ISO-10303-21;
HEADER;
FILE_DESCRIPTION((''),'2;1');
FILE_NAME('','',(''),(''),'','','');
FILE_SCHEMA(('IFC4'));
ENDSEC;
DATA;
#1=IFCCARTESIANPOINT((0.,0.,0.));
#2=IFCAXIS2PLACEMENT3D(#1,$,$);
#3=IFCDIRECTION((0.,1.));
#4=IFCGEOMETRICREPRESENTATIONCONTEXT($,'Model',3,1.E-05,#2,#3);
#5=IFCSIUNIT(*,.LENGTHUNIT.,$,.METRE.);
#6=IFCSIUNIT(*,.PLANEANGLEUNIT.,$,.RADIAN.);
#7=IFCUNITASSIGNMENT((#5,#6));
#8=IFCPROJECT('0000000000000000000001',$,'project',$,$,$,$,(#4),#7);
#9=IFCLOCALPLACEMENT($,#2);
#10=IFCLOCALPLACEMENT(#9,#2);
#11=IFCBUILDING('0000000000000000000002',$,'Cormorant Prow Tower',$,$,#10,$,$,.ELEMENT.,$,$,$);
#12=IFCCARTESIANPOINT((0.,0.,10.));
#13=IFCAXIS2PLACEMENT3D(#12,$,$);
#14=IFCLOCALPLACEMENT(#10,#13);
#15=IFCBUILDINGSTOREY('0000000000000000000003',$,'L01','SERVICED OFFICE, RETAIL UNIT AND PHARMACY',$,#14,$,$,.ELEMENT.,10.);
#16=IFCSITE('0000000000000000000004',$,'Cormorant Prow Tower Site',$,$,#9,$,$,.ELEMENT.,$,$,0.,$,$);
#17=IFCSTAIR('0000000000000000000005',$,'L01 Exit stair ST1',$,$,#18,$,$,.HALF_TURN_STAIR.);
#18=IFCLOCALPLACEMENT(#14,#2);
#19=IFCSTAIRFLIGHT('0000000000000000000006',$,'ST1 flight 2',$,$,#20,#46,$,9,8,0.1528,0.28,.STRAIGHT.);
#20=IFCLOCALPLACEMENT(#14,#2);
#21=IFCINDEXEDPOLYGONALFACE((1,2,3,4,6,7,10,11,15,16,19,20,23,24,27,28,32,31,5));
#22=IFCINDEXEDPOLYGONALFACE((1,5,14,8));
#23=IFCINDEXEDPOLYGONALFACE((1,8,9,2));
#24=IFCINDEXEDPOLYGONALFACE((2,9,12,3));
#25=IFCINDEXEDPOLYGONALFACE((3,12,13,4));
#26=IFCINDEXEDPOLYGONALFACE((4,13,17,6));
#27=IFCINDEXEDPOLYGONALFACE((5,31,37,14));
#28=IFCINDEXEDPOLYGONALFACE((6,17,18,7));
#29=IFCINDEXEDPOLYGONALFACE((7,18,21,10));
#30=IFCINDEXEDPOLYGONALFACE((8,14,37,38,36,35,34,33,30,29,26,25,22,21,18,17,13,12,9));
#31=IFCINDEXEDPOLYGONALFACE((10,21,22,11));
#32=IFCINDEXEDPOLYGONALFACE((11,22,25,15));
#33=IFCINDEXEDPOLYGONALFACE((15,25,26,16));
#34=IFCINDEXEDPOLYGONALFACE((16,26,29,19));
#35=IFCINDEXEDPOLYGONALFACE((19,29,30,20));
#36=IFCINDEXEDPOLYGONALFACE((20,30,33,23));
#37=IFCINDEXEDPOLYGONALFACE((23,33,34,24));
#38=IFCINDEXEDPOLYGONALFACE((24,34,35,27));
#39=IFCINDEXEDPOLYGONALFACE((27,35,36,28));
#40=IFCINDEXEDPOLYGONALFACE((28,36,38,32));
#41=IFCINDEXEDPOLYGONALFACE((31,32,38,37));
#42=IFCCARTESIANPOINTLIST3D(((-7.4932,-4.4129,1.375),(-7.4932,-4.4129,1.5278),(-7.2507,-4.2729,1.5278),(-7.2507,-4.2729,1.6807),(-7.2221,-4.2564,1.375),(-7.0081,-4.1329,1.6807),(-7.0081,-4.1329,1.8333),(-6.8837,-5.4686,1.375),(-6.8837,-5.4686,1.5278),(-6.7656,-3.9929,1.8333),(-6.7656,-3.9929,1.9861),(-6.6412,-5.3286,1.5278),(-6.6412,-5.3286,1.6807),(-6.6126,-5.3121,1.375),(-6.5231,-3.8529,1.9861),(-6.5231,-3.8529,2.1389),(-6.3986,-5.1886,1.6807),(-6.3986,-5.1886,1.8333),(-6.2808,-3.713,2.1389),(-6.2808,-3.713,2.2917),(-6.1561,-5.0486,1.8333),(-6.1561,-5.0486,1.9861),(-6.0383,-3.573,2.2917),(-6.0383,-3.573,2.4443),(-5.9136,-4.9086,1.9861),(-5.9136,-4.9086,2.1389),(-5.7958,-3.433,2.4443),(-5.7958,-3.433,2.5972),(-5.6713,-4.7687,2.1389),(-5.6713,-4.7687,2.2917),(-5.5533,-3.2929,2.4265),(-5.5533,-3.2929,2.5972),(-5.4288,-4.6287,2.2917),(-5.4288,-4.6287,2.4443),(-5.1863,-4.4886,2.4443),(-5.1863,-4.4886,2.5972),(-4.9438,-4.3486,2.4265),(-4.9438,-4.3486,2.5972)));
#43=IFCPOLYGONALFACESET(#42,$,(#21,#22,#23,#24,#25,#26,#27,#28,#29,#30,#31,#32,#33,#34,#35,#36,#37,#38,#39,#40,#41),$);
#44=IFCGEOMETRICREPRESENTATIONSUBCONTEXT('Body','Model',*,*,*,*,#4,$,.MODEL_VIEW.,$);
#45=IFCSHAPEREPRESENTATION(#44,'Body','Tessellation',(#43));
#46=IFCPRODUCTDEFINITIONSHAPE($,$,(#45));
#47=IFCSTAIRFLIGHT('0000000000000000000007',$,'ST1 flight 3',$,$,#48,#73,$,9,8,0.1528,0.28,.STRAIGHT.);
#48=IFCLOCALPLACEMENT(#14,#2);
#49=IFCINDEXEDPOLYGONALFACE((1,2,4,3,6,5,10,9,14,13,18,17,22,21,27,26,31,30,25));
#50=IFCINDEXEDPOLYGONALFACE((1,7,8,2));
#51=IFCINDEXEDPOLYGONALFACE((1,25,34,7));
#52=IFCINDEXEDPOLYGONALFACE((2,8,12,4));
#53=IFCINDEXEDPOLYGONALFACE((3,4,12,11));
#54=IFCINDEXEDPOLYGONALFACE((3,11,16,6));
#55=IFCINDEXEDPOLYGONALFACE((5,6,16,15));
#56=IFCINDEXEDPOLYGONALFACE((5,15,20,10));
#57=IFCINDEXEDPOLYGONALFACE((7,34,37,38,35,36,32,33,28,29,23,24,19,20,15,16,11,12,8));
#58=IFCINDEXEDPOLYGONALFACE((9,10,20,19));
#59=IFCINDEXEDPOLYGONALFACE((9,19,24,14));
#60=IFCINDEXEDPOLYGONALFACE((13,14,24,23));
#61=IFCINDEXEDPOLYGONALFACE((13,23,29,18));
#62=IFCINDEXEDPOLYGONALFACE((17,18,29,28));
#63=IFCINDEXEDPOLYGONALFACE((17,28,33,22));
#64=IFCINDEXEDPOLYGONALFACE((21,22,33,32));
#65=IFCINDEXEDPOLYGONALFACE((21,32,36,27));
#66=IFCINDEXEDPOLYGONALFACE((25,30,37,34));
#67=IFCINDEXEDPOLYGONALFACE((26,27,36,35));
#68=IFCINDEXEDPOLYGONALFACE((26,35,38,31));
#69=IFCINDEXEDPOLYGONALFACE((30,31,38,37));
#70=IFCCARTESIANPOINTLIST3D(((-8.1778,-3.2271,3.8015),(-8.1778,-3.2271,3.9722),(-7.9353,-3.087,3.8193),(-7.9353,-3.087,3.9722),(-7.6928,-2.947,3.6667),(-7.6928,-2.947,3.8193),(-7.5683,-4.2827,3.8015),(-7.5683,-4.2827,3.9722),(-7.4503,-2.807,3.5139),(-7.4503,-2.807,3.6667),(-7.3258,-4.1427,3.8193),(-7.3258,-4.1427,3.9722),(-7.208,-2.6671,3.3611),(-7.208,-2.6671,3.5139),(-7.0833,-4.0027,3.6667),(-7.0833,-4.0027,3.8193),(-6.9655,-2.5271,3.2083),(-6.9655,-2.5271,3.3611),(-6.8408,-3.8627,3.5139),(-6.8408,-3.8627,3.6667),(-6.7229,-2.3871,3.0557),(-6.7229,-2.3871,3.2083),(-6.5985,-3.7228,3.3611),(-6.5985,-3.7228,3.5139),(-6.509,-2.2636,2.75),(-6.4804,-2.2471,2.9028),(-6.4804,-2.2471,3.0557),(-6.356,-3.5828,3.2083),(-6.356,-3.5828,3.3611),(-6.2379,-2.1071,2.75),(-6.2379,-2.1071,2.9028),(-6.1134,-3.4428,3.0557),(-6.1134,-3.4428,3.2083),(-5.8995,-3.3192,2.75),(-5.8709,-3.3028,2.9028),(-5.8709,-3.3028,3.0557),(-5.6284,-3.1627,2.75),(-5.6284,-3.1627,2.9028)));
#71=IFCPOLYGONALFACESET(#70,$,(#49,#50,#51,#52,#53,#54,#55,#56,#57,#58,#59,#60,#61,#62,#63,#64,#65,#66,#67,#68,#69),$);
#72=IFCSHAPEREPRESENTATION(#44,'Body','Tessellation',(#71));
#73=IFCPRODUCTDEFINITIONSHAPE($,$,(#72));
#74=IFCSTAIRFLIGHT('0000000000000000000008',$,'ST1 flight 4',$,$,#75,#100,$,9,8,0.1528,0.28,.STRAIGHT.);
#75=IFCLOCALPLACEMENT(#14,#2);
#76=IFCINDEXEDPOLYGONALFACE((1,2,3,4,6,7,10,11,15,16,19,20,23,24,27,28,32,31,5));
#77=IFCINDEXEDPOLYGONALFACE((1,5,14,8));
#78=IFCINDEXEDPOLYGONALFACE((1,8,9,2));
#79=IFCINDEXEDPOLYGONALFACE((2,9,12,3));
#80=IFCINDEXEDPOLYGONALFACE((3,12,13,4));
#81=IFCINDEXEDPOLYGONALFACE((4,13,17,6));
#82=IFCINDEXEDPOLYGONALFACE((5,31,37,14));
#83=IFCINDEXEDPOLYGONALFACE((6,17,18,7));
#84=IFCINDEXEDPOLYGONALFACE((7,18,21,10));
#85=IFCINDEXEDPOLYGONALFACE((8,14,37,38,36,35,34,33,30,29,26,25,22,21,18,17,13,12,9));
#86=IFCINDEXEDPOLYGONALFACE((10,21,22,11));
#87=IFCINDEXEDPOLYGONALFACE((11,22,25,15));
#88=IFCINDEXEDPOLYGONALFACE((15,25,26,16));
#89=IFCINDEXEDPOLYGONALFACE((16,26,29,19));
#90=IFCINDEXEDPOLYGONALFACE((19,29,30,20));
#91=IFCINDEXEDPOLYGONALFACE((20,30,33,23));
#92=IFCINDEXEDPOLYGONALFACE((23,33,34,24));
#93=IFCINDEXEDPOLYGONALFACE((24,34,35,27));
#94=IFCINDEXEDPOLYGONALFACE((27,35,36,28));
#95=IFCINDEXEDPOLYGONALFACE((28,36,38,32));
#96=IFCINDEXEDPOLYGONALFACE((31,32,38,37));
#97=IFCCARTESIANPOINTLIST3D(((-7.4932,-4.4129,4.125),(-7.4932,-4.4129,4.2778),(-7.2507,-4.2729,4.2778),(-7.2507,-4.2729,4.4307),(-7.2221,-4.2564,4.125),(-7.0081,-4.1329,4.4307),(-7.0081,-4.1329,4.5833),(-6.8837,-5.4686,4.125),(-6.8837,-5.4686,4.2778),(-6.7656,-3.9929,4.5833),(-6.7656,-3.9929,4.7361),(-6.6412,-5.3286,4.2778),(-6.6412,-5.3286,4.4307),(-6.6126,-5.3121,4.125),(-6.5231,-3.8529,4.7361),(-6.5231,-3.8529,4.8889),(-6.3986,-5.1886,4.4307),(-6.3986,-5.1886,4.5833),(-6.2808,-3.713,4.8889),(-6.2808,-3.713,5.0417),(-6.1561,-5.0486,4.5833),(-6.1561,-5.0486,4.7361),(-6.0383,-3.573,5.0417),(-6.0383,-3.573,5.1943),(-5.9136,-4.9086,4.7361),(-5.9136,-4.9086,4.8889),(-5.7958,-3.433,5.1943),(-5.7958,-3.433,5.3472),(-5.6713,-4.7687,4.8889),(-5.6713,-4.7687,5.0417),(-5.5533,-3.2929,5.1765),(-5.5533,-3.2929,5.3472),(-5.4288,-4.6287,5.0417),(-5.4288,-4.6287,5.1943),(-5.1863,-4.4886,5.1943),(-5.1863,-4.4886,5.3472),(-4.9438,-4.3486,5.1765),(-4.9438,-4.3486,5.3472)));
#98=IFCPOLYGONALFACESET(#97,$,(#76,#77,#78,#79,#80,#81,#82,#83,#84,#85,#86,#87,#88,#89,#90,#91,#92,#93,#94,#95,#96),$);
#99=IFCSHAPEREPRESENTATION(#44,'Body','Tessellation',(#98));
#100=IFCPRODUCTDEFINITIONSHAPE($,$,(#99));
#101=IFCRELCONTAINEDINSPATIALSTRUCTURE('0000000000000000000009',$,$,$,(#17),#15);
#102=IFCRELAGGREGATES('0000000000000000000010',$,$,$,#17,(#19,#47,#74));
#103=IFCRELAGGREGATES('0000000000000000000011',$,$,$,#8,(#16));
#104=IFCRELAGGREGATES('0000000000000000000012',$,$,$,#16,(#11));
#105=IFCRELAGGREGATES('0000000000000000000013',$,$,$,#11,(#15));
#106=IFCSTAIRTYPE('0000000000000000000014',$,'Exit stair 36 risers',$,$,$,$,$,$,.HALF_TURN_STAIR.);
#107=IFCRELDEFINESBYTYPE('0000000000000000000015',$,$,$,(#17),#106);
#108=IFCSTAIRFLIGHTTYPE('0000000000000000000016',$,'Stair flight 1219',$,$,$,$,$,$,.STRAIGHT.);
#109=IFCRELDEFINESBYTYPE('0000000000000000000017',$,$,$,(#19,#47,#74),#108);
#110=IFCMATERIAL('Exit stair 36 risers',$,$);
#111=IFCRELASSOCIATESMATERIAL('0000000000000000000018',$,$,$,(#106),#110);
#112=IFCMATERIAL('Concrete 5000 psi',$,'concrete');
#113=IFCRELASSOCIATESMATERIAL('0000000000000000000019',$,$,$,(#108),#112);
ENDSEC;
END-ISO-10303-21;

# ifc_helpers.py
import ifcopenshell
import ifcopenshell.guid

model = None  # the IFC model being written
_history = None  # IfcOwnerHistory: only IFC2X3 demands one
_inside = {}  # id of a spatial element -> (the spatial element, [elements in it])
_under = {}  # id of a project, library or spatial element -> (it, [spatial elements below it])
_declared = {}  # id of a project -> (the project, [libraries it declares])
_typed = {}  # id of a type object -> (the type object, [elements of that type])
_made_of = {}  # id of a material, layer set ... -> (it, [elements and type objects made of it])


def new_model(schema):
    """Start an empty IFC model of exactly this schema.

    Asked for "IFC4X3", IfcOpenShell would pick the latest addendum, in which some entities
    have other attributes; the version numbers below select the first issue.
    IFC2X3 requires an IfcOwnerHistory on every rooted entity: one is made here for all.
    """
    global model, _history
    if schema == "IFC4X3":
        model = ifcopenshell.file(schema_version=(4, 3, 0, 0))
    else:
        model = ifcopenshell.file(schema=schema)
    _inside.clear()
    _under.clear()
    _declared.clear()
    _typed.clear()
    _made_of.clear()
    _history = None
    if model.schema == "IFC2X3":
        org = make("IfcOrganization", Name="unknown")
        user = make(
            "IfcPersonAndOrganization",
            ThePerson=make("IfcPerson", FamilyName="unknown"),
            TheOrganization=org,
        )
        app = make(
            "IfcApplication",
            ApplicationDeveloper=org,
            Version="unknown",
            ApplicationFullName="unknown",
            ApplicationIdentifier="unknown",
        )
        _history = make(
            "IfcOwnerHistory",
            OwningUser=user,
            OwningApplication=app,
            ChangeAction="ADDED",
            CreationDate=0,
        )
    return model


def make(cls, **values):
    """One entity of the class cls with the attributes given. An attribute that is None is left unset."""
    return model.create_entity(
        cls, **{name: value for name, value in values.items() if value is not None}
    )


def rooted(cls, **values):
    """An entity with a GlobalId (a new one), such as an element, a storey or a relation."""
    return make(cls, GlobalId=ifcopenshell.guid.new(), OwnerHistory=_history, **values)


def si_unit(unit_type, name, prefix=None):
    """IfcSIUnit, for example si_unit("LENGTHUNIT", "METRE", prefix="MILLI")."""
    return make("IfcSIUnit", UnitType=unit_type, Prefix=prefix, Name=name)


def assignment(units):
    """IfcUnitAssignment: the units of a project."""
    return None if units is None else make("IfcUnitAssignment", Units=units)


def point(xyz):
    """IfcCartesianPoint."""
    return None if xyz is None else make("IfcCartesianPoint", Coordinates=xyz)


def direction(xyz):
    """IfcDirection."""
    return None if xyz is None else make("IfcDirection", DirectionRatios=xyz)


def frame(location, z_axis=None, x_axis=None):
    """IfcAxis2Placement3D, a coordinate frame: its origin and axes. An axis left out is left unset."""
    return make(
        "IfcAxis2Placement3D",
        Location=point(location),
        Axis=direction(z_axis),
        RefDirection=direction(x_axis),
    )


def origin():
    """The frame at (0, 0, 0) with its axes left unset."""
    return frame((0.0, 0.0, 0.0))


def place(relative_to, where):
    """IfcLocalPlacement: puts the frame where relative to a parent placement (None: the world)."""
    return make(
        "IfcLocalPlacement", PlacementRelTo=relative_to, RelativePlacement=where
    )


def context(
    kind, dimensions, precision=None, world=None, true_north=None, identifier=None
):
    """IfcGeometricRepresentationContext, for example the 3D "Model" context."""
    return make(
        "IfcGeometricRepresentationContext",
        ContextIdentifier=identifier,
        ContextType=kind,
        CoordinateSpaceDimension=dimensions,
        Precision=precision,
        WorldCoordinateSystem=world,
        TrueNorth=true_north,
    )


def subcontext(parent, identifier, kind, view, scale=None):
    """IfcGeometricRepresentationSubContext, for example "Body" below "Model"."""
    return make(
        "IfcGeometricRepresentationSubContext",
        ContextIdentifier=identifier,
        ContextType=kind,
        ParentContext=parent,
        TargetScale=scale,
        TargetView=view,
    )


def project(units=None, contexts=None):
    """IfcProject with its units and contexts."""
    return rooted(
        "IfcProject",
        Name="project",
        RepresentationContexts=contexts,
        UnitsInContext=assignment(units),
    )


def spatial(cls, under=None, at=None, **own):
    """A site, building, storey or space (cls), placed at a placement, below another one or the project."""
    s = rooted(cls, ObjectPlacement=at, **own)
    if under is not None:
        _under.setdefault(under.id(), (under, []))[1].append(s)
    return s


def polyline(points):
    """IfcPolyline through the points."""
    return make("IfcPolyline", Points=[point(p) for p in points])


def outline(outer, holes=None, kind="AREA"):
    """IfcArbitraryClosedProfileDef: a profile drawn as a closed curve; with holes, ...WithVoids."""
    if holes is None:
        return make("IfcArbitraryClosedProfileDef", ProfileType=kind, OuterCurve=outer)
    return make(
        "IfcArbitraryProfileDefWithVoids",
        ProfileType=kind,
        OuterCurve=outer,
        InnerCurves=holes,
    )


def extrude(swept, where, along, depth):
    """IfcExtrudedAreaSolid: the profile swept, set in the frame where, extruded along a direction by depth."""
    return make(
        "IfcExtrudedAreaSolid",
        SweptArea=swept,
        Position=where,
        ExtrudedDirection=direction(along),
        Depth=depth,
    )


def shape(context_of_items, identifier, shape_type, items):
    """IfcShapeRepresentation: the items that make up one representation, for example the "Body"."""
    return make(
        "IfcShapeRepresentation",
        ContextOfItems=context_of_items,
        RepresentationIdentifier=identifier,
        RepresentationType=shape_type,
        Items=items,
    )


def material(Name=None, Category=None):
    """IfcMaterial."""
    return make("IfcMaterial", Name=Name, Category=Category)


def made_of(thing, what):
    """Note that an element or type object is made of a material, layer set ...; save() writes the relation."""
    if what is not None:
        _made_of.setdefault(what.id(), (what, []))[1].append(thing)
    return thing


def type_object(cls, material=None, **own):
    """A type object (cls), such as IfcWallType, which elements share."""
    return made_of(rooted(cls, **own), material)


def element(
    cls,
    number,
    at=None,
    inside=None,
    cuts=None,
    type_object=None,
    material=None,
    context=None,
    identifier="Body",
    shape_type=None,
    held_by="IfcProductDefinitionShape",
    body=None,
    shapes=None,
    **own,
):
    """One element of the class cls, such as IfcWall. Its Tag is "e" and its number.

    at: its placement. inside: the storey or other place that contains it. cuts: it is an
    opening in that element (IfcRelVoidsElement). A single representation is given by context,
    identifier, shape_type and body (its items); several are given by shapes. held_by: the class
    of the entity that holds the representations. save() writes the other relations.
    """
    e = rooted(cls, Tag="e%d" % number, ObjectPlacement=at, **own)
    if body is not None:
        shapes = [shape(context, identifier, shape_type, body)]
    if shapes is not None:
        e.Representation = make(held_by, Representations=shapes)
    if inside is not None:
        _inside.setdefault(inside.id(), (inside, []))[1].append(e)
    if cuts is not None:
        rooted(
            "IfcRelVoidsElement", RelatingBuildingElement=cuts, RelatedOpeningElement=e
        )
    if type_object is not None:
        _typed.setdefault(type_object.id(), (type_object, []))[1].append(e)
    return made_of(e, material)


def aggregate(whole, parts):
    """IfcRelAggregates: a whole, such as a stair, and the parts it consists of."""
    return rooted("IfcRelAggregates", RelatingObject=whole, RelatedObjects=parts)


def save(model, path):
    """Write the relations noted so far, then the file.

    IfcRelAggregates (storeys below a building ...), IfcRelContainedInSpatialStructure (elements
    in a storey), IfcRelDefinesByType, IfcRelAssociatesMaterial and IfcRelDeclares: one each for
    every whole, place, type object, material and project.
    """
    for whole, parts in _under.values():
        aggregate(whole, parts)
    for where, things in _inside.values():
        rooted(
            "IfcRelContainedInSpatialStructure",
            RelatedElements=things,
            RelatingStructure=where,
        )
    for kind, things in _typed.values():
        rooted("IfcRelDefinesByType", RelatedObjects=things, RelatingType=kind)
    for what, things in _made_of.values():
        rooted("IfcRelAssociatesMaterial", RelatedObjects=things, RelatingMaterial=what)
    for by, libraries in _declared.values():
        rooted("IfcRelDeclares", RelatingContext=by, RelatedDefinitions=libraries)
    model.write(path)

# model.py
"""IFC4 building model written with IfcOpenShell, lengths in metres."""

from ifc_helpers import new_model, si_unit, direction, frame, origin, place, context, subcontext, project, spatial, polyline, outline, extrude, material, type_object, element, aggregate, save


model = new_model("IFC4")

# Units and contexts
model_context = context("Model", 3, precision=1e-05, world=origin(), true_north=direction((0.0, 1.0)))
body_context = subcontext(model_context, "Body", "Model", "MODEL_VIEW")
ifc_project = project(units=[si_unit("LENGTHUNIT", "METRE"), si_unit("PLANEANGLEUNIT", "RADIAN")], contexts=[model_context])

# Site, building, storey
site_placement = place(None, origin())
site = spatial("IfcSite", under=ifc_project, at=site_placement, Name="Cormorant Prow Tower Site", CompositionType="ELEMENT", RefElevation=0.0)
building_placement = place(site_placement, origin())
building = spatial("IfcBuilding", under=site, at=building_placement, Name="Cormorant Prow Tower", CompositionType="ELEMENT")
storey_placement = place(building_placement, frame((0.0, 0.0, 10.0)))
storey = spatial("IfcBuildingStorey", under=building, at=storey_placement, Name="L01", Description="SERVICED OFFICE, RETAIL UNIT AND PHARMACY", CompositionType="ELEMENT", Elevation=10.0)

# Stair, stair flights
ifc_material_1 = material(Name="Exit stair 36 risers")
stair_type = type_object("IfcStairType", Name="Exit stair 36 risers", PredefinedType="HALF_TURN_STAIR", material=ifc_material_1)
stair_placement = place(storey_placement, origin())
stair = element("IfcStair", 1, at=stair_placement, inside=storey, type_object=stair_type, Name="L01 Exit stair ST1", PredefinedType="HALF_TURN_STAIR")
ifc_material_2 = material(Name="Concrete 5000 psi", Category="concrete")
stair_flight_type = type_object("IfcStairFlightType", Name="Stair flight 1219", PredefinedType="STRAIGHT", material=ifc_material_2)
stair_flight_1_placement = place(storey_placement, frame((-7.1885, -4.9407, 1.375), z_axis=(0.0, 0.0, 1.0), x_axis=(0.866025, 0.5, 0.0)))
stair_flight_1 = element("IfcStairFlight", 2, at=stair_flight_1_placement, type_object=stair_flight_type, Name="ST1 flight 2", NumberOfRisers=9, NumberOfTreads=8, PredefinedType="STRAIGHT", RiserHeight=0.1528, TreadLength=0.28, context=body_context, shape_type="SweptSolid", body=[
    extrude(outline(polyline([(0.0, 0.0), (0.0, 0.1528), (0.28, 0.1528), (0.28, 0.3057), (0.5601, 0.3057), (0.5601, 0.4583), (0.8401, 0.4583), (0.8401, 0.6111), (1.1201, 0.6111), (1.1201, 0.7639), (1.3999, 0.7639), (1.3999, 0.9167), (1.6799, 0.9167), (1.6799, 1.0693), (1.96, 1.0693), (1.96, 1.2222), (2.24, 1.2222), (2.24, 1.375), (2.24, 1.0515), (0.313, 0.0), (0.0, 0.0)])), frame((0.0, 0.6094, 0.0), z_axis=(0.0, -1.0, 0.0), x_axis=(1.0, 0.0, 0.0)), (0.0, 0.0, 1.0), 1.219),
])
stair_flight_2_placement = place(storey_placement, frame((-5.9331, -2.635, 2.75), z_axis=(0.0, 0.0, 1.0), x_axis=(-0.866025, -0.5, 0.0)))
stair_flight_2 = element("IfcStairFlight", 3, at=stair_flight_2_placement, type_object=stair_flight_type, Name="ST1 flight 3", NumberOfRisers=9, NumberOfTreads=8, PredefinedType="STRAIGHT", RiserHeight=0.1528, TreadLength=0.28, context=body_context, shape_type="SweptSolid", body=[
    extrude(outline(polyline([(0.0, 0.0), (0.0, 0.1528), (0.28, 0.1528), (0.28, 0.3057), (0.5601, 0.3057), (0.5601, 0.4583), (0.8401, 0.4583), (0.8401, 0.6111), (1.1201, 0.6111), (1.1201, 0.7639), (1.3999, 0.7639), (1.3999, 0.9167), (1.6799, 0.9167), (1.6799, 1.0693), (1.96, 1.0693), (1.96, 1.2222), (2.24, 1.2222), (2.24, 1.375), (2.24, 1.0515), (0.313, 0.0), (0.0, 0.0)])), frame((0.0, 0.6094, 0.0), z_axis=(0.0, -1.0, 0.0), x_axis=(1.0, 0.0, 0.0)), (0.0, 0.0, 1.0), 1.219),
])
stair_flight_3_placement = place(storey_placement, frame((-7.1885, -4.9407, 4.125), z_axis=(0.0, 0.0, 1.0), x_axis=(0.866025, 0.5, 0.0)))
stair_flight_3 = element("IfcStairFlight", 4, at=stair_flight_3_placement, type_object=stair_flight_type, Name="ST1 flight 4", NumberOfRisers=9, NumberOfTreads=8, PredefinedType="STRAIGHT", RiserHeight=0.1528, TreadLength=0.28, context=body_context, shape_type="SweptSolid", body=[
    extrude(outline(polyline([(0.0, 0.0), (0.0, 0.1528), (0.28, 0.1528), (0.28, 0.3057), (0.5601, 0.3057), (0.5601, 0.4583), (0.8401, 0.4583), (0.8401, 0.6111), (1.1201, 0.6111), (1.1201, 0.7639), (1.3999, 0.7639), (1.3999, 0.9167), (1.6799, 0.9167), (1.6799, 1.0693), (1.96, 1.0693), (1.96, 1.2222), (2.24, 1.2222), (2.24, 1.375), (2.24, 1.0515), (0.313, 0.0), (0.0, 0.0)])), frame((0.0, 0.6094, 0.0), z_axis=(0.0, -1.0, 0.0), x_axis=(1.0, 0.0, 0.0)), (0.0, 0.0, 1.0), 1.219),
])
aggregate(stair, [stair_flight_1, stair_flight_2, stair_flight_3])

save(model, "model.ifc")
